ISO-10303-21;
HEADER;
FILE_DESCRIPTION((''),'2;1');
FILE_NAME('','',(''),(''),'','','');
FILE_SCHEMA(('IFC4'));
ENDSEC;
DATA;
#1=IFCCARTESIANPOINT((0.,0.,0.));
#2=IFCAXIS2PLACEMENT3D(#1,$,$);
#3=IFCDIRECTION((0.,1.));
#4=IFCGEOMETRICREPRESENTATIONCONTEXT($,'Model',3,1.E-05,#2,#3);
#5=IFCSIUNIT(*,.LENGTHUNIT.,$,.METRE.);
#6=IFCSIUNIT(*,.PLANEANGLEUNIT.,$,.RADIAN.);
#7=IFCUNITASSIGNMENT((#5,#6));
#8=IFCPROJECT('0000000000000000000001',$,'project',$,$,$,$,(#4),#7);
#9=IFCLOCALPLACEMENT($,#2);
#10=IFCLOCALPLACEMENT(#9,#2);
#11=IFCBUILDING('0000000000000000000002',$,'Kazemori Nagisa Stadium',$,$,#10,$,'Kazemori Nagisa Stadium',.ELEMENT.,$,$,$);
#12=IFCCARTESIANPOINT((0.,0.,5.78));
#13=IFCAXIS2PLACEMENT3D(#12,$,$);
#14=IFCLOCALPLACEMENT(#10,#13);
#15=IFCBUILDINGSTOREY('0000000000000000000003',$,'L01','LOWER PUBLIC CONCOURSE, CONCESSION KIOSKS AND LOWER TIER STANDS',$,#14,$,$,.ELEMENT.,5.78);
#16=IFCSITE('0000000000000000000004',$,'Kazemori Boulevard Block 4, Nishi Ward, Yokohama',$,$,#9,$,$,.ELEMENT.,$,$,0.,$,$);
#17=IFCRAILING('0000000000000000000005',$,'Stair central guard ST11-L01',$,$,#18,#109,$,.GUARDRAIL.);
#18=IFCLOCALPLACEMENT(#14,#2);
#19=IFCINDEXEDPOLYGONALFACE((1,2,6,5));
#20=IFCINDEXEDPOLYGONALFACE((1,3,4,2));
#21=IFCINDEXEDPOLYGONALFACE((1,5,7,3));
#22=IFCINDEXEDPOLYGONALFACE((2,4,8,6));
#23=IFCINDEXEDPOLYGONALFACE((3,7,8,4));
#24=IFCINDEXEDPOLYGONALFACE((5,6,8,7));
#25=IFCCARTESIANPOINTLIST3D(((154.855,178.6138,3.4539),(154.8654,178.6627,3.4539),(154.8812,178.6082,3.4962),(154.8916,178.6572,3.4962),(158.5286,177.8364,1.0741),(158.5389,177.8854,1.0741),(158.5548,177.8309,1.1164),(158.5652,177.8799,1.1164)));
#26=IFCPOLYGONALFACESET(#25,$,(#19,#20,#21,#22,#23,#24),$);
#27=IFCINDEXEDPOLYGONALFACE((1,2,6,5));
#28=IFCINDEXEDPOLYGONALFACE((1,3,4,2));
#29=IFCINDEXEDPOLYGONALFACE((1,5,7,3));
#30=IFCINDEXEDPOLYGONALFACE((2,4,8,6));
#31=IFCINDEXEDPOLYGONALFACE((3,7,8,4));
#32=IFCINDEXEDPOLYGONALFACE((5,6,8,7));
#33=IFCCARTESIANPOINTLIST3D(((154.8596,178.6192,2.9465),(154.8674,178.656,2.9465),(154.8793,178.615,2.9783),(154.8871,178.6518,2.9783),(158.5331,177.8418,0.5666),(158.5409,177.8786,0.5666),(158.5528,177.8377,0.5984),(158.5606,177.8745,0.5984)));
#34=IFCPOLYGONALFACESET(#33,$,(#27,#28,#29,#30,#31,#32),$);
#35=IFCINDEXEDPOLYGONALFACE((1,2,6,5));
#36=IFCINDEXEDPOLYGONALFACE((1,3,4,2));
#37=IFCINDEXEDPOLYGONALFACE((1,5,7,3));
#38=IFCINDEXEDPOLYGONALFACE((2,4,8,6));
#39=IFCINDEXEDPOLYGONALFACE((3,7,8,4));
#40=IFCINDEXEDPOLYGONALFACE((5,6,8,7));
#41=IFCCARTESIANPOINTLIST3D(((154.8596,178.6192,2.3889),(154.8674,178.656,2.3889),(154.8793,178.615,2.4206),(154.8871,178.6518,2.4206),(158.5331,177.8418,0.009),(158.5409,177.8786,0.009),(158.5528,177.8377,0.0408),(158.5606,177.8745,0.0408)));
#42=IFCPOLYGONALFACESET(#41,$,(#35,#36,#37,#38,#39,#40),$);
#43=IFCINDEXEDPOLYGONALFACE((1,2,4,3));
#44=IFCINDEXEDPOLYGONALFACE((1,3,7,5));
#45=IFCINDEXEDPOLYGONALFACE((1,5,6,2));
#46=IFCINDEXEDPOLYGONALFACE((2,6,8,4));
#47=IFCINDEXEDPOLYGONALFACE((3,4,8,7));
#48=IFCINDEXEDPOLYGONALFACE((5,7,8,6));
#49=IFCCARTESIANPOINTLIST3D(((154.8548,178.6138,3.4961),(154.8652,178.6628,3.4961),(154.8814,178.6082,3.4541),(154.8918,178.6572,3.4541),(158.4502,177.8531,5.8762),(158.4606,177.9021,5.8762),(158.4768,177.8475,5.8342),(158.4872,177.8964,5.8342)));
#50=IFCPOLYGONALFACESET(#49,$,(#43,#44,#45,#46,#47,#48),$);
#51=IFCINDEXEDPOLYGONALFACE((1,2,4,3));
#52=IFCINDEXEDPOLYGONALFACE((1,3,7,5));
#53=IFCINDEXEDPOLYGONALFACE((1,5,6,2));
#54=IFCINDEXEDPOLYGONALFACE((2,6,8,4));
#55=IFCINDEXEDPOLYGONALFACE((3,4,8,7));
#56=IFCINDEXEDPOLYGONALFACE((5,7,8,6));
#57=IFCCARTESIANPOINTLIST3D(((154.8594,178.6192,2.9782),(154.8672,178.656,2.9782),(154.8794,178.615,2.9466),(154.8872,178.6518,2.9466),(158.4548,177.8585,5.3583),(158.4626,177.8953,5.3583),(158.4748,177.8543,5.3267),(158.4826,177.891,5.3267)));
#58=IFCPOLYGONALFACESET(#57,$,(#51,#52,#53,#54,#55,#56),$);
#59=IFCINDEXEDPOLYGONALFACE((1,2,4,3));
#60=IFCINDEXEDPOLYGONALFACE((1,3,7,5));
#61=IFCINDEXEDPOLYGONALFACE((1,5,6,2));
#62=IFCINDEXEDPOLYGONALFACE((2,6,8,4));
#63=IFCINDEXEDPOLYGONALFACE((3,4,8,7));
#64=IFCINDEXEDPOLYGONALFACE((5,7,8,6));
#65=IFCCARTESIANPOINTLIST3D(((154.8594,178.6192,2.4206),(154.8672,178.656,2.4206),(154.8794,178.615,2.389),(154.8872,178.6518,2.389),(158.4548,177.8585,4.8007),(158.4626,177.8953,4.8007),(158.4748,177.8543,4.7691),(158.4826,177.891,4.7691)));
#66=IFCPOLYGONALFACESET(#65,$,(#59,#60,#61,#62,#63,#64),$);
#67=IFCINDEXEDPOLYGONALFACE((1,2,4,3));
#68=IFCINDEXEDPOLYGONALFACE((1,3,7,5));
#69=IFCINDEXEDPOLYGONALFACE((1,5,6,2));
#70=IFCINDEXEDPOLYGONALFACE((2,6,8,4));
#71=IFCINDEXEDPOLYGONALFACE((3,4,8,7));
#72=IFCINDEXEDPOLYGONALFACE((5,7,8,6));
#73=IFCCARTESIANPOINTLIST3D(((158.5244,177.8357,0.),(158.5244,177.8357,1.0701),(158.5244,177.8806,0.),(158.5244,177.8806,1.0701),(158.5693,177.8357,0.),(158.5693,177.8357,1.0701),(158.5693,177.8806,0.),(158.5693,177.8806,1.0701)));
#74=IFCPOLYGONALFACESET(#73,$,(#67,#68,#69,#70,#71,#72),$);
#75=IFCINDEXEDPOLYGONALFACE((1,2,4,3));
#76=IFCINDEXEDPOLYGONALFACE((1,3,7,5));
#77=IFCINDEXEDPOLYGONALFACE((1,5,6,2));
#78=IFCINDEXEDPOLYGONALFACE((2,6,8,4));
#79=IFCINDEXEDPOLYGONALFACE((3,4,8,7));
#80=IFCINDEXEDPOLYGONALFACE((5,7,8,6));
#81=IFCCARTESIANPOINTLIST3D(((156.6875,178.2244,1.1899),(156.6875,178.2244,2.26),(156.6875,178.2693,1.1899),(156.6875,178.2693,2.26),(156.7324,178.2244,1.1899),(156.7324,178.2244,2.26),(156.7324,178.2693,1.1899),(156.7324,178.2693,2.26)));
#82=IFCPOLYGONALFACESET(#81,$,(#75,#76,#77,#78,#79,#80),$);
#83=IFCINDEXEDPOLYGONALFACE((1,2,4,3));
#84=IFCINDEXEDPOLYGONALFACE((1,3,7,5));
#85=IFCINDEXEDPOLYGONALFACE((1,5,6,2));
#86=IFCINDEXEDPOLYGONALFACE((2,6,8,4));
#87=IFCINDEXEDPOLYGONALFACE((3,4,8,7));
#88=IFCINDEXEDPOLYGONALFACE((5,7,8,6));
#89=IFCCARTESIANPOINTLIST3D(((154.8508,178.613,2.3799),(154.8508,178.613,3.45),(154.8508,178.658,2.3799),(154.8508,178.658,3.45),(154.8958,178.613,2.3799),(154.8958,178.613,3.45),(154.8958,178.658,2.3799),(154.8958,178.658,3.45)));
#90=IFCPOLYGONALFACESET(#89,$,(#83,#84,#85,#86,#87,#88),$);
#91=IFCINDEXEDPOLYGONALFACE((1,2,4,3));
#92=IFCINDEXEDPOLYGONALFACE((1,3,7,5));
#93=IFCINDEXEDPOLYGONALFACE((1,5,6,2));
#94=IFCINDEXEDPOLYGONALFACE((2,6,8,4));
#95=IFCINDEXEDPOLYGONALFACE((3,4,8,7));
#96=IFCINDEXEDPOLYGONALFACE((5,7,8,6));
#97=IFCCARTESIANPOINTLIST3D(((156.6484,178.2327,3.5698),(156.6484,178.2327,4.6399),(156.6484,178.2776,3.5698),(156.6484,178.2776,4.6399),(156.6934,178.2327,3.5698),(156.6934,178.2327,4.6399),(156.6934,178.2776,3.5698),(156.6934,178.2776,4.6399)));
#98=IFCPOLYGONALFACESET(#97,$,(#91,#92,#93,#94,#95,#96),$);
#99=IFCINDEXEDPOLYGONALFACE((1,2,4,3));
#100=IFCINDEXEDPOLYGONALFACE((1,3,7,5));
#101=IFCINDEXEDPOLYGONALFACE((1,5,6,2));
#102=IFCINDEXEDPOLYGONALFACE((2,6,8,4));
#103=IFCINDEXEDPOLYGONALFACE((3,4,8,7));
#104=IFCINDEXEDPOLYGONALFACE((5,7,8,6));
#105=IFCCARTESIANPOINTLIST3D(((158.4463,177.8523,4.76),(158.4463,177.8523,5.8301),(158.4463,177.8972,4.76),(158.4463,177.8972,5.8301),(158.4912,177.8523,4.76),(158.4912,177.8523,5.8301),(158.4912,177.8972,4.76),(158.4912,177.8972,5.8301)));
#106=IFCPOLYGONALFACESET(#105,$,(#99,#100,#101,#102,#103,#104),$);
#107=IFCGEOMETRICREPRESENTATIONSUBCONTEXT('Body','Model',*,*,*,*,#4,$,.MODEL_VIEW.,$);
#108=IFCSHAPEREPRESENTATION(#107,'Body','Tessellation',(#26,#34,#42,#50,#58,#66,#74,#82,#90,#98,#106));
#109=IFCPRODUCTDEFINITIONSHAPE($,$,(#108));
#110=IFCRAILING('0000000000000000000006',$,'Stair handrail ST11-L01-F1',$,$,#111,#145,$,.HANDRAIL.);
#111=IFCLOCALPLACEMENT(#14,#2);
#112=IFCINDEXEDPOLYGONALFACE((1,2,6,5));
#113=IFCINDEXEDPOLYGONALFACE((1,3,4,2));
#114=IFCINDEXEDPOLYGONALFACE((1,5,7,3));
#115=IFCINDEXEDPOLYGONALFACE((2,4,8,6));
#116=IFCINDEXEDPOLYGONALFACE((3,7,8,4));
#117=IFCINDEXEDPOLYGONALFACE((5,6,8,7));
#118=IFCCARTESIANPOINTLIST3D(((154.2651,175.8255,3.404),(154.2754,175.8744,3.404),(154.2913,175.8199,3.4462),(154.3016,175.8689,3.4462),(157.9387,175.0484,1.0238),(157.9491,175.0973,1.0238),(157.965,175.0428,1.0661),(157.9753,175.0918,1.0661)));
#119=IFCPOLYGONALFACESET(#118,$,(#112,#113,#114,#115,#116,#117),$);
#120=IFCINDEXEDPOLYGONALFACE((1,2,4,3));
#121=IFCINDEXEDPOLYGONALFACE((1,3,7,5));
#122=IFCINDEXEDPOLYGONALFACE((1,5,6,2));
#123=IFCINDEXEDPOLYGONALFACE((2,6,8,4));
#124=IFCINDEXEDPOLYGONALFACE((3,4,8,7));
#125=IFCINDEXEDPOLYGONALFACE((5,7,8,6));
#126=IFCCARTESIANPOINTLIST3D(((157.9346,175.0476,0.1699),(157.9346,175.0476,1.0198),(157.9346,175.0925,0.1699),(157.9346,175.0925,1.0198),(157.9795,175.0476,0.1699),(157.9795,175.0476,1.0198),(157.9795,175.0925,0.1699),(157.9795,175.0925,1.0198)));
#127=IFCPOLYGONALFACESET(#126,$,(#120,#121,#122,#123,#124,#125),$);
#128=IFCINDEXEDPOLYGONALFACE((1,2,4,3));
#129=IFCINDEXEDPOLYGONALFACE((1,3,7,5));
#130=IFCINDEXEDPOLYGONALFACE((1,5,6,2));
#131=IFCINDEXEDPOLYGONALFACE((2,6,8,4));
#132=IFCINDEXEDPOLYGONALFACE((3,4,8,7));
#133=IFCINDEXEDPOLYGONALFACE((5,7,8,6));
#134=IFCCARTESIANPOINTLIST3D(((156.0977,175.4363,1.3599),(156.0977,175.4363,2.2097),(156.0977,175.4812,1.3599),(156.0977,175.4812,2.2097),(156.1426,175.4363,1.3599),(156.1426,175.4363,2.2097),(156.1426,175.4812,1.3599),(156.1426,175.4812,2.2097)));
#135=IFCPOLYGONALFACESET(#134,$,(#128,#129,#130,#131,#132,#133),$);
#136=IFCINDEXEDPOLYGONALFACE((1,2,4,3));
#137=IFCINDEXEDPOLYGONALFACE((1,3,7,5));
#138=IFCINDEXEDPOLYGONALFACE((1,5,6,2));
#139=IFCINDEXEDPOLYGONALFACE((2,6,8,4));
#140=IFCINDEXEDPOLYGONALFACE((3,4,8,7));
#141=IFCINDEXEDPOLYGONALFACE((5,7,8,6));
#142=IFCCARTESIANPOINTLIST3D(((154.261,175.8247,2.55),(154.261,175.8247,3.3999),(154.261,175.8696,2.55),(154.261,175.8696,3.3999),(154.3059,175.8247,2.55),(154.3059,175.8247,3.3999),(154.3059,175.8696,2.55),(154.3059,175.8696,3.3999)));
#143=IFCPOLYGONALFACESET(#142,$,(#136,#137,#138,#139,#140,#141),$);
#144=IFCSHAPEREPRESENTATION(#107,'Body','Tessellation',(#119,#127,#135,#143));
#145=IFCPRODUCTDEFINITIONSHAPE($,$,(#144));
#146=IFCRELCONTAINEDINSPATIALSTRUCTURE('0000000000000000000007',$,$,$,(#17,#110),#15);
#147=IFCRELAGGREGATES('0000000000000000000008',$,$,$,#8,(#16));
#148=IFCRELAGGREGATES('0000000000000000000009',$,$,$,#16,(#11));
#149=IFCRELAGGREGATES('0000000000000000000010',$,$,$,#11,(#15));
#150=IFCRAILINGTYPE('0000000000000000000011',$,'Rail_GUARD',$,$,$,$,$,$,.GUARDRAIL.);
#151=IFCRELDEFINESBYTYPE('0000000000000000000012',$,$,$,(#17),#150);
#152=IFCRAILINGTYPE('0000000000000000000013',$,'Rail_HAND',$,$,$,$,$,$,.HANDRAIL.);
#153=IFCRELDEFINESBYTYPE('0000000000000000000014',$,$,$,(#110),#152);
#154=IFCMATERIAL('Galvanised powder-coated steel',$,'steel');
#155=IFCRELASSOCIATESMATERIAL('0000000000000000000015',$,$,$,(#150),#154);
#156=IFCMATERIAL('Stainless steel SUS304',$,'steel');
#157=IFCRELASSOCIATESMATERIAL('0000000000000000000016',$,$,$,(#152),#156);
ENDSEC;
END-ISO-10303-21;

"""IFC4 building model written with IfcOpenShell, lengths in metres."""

from ifc_helpers import new_model, si_unit, direction, frame, origin, origin_2d, place, context, subcontext, project, spatial, rectangle, extrude, material, type_object, element, save


model = new_model("IFC4")

# Units and contexts
model_context = context("Model", 3, precision=1e-05, world=origin(), true_north=direction((0.0, 1.0)))
body_context = subcontext(model_context, "Body", "Model", "MODEL_VIEW")
ifc_project = project(units=[si_unit("LENGTHUNIT", "METRE"), si_unit("PLANEANGLEUNIT", "RADIAN")], contexts=[model_context])

# Site, building, storey
site_placement = place(None, origin())
site = spatial("IfcSite", under=ifc_project, at=site_placement, Name="Kazemori Boulevard Block 4, Nishi Ward, Yokohama", CompositionType="ELEMENT", RefElevation=0.0)
building_placement = place(site_placement, origin())
building = spatial("IfcBuilding", under=site, at=building_placement, Name="Kazemori Nagisa Stadium", LongName="Kazemori Nagisa Stadium", CompositionType="ELEMENT")
storey_placement = place(building_placement, frame((0.0, 0.0, 5.78)))
storey = spatial("IfcBuildingStorey", under=building, at=storey_placement, Name="L01", Description="LOWER PUBLIC CONCOURSE, CONCESSION KIOSKS AND LOWER TIER STANDS", CompositionType="ELEMENT", Elevation=5.78)

# Railings
ifc_material_1 = material(Name="Galvanised powder-coated steel", Category="steel")
railing_type_1 = type_object("IfcRailingType", Name="Rail_GUARD", PredefinedType="GUARDRAIL", material=ifc_material_1)
railing_1_placement = place(storey_placement, frame((158.5469, 177.8582, 0.0)))
element("IfcRailing", 1, at=railing_1_placement, inside=storey, type_object=railing_type_1, Name="Stair central guard ST11-L01", PredefinedType="GUARDRAIL", context=body_context, shape_type="SweptSolid", body=[
    extrude(rectangle(XDim=0.05, YDim=0.05, at=origin_2d()), frame((0.0, 0.0, 1.0952), z_axis=(-0.826342, 0.174857, 0.535335), x_axis=(-0.20702, -0.978337, 0.0)), (0.0, 0.0, 1.0), 4.4456),
    extrude(rectangle(XDim=0.0376, YDim=0.0376, at=origin_2d()), frame((0.0, 0.0, 0.5825), z_axis=(-0.826342, 0.174857, 0.535335), x_axis=(-0.20702, -0.978337, 0.0)), (0.0, 0.0, 1.0), 4.4456),
    extrude(rectangle(XDim=0.0376, YDim=0.0376, at=origin_2d()), frame((0.0, 0.0, 0.0249), z_axis=(-0.826342, 0.174857, 0.535335), x_axis=(-0.20702, -0.978337, 0.0)), (0.0, 0.0, 1.0), 4.4456),
    extrude(rectangle(XDim=0.05, YDim=0.05, at=origin_2d()), frame((-3.6736, 0.7773, 3.4751), z_axis=(0.821167, -0.173746, 0.543597), x_axis=(0.207001, 0.978341, 0.0)), (0.0, 0.0, 1.0), 4.3784),
    extrude(rectangle(XDim=0.0376, YDim=0.0376, at=origin_2d()), frame((-3.6736, 0.7773, 2.9624), z_axis=(0.821167, -0.173746, 0.543597), x_axis=(0.207001, 0.978341, 0.0)), (0.0, 0.0, 1.0), 4.3784),
    extrude(rectangle(XDim=0.0376, YDim=0.0376, at=origin_2d()), frame((-3.6736, 0.7773, 2.4048), z_axis=(0.821167, -0.173746, 0.543597), x_axis=(0.207001, 0.978341, 0.0)), (0.0, 0.0, 1.0), 4.3784),
    extrude(rectangle(XDim=0.0449, YDim=0.0449, at=origin_2d()), origin(), (0.0, 0.0, 1.0), 1.0701),
    extrude(rectangle(XDim=0.0449, YDim=0.0449, at=origin_2d()), frame((-1.8369, 0.3887, 1.1899)), (0.0, 0.0, 1.0), 1.0701),
    extrude(rectangle(XDim=0.0449, YDim=0.0449, at=origin_2d()), frame((-3.6736, 0.7773, 2.3799)), (0.0, 0.0, 1.0), 1.0701),
    extrude(rectangle(XDim=0.0449, YDim=0.0449, at=origin_2d()), frame((-1.876, 0.397, 3.5698)), (0.0, 0.0, 1.0), 1.0701),
    extrude(rectangle(XDim=0.0449, YDim=0.0449, at=origin_2d()), frame((-0.0781, 0.0166, 4.76)), (0.0, 0.0, 1.0), 1.0701),
])
ifc_material_2 = material(Name="Stainless steel SUS304", Category="steel")
railing_type_2 = type_object("IfcRailingType", Name="Rail_HAND", PredefinedType="HANDRAIL", material=ifc_material_2)
railing_2_placement = place(storey_placement, frame((157.957, 175.0701, 0.1699)))
element("IfcRailing", 2, at=railing_2_placement, inside=storey, type_object=railing_type_2, Name="Stair handrail ST11-L01-F1", PredefinedType="HANDRAIL", context=body_context, shape_type="SweptSolid", body=[
    extrude(rectangle(XDim=0.05, YDim=0.05, at=origin_2d()), frame((0.0, 0.0, 0.875), z_axis=(-0.826326, 0.174799, 0.535379), x_axis=(-0.206957, -0.97835, 0.0)), (0.0, 0.0, 1.0), 4.4458),
    extrude(rectangle(XDim=0.0449, YDim=0.0449, at=origin_2d()), origin(), (0.0, 0.0, 1.0), 0.8499),
    extrude(rectangle(XDim=0.0449, YDim=0.0449, at=origin_2d()), frame((-1.8369, 0.3887, 1.1899)), (0.0, 0.0, 1.0), 0.8499),
    extrude(rectangle(XDim=0.0449, YDim=0.0449, at=origin_2d()), frame((-3.6736, 0.7771, 2.3801)), (0.0, 0.0, 1.0), 0.8499),
])

save(model, "model.ifc")
